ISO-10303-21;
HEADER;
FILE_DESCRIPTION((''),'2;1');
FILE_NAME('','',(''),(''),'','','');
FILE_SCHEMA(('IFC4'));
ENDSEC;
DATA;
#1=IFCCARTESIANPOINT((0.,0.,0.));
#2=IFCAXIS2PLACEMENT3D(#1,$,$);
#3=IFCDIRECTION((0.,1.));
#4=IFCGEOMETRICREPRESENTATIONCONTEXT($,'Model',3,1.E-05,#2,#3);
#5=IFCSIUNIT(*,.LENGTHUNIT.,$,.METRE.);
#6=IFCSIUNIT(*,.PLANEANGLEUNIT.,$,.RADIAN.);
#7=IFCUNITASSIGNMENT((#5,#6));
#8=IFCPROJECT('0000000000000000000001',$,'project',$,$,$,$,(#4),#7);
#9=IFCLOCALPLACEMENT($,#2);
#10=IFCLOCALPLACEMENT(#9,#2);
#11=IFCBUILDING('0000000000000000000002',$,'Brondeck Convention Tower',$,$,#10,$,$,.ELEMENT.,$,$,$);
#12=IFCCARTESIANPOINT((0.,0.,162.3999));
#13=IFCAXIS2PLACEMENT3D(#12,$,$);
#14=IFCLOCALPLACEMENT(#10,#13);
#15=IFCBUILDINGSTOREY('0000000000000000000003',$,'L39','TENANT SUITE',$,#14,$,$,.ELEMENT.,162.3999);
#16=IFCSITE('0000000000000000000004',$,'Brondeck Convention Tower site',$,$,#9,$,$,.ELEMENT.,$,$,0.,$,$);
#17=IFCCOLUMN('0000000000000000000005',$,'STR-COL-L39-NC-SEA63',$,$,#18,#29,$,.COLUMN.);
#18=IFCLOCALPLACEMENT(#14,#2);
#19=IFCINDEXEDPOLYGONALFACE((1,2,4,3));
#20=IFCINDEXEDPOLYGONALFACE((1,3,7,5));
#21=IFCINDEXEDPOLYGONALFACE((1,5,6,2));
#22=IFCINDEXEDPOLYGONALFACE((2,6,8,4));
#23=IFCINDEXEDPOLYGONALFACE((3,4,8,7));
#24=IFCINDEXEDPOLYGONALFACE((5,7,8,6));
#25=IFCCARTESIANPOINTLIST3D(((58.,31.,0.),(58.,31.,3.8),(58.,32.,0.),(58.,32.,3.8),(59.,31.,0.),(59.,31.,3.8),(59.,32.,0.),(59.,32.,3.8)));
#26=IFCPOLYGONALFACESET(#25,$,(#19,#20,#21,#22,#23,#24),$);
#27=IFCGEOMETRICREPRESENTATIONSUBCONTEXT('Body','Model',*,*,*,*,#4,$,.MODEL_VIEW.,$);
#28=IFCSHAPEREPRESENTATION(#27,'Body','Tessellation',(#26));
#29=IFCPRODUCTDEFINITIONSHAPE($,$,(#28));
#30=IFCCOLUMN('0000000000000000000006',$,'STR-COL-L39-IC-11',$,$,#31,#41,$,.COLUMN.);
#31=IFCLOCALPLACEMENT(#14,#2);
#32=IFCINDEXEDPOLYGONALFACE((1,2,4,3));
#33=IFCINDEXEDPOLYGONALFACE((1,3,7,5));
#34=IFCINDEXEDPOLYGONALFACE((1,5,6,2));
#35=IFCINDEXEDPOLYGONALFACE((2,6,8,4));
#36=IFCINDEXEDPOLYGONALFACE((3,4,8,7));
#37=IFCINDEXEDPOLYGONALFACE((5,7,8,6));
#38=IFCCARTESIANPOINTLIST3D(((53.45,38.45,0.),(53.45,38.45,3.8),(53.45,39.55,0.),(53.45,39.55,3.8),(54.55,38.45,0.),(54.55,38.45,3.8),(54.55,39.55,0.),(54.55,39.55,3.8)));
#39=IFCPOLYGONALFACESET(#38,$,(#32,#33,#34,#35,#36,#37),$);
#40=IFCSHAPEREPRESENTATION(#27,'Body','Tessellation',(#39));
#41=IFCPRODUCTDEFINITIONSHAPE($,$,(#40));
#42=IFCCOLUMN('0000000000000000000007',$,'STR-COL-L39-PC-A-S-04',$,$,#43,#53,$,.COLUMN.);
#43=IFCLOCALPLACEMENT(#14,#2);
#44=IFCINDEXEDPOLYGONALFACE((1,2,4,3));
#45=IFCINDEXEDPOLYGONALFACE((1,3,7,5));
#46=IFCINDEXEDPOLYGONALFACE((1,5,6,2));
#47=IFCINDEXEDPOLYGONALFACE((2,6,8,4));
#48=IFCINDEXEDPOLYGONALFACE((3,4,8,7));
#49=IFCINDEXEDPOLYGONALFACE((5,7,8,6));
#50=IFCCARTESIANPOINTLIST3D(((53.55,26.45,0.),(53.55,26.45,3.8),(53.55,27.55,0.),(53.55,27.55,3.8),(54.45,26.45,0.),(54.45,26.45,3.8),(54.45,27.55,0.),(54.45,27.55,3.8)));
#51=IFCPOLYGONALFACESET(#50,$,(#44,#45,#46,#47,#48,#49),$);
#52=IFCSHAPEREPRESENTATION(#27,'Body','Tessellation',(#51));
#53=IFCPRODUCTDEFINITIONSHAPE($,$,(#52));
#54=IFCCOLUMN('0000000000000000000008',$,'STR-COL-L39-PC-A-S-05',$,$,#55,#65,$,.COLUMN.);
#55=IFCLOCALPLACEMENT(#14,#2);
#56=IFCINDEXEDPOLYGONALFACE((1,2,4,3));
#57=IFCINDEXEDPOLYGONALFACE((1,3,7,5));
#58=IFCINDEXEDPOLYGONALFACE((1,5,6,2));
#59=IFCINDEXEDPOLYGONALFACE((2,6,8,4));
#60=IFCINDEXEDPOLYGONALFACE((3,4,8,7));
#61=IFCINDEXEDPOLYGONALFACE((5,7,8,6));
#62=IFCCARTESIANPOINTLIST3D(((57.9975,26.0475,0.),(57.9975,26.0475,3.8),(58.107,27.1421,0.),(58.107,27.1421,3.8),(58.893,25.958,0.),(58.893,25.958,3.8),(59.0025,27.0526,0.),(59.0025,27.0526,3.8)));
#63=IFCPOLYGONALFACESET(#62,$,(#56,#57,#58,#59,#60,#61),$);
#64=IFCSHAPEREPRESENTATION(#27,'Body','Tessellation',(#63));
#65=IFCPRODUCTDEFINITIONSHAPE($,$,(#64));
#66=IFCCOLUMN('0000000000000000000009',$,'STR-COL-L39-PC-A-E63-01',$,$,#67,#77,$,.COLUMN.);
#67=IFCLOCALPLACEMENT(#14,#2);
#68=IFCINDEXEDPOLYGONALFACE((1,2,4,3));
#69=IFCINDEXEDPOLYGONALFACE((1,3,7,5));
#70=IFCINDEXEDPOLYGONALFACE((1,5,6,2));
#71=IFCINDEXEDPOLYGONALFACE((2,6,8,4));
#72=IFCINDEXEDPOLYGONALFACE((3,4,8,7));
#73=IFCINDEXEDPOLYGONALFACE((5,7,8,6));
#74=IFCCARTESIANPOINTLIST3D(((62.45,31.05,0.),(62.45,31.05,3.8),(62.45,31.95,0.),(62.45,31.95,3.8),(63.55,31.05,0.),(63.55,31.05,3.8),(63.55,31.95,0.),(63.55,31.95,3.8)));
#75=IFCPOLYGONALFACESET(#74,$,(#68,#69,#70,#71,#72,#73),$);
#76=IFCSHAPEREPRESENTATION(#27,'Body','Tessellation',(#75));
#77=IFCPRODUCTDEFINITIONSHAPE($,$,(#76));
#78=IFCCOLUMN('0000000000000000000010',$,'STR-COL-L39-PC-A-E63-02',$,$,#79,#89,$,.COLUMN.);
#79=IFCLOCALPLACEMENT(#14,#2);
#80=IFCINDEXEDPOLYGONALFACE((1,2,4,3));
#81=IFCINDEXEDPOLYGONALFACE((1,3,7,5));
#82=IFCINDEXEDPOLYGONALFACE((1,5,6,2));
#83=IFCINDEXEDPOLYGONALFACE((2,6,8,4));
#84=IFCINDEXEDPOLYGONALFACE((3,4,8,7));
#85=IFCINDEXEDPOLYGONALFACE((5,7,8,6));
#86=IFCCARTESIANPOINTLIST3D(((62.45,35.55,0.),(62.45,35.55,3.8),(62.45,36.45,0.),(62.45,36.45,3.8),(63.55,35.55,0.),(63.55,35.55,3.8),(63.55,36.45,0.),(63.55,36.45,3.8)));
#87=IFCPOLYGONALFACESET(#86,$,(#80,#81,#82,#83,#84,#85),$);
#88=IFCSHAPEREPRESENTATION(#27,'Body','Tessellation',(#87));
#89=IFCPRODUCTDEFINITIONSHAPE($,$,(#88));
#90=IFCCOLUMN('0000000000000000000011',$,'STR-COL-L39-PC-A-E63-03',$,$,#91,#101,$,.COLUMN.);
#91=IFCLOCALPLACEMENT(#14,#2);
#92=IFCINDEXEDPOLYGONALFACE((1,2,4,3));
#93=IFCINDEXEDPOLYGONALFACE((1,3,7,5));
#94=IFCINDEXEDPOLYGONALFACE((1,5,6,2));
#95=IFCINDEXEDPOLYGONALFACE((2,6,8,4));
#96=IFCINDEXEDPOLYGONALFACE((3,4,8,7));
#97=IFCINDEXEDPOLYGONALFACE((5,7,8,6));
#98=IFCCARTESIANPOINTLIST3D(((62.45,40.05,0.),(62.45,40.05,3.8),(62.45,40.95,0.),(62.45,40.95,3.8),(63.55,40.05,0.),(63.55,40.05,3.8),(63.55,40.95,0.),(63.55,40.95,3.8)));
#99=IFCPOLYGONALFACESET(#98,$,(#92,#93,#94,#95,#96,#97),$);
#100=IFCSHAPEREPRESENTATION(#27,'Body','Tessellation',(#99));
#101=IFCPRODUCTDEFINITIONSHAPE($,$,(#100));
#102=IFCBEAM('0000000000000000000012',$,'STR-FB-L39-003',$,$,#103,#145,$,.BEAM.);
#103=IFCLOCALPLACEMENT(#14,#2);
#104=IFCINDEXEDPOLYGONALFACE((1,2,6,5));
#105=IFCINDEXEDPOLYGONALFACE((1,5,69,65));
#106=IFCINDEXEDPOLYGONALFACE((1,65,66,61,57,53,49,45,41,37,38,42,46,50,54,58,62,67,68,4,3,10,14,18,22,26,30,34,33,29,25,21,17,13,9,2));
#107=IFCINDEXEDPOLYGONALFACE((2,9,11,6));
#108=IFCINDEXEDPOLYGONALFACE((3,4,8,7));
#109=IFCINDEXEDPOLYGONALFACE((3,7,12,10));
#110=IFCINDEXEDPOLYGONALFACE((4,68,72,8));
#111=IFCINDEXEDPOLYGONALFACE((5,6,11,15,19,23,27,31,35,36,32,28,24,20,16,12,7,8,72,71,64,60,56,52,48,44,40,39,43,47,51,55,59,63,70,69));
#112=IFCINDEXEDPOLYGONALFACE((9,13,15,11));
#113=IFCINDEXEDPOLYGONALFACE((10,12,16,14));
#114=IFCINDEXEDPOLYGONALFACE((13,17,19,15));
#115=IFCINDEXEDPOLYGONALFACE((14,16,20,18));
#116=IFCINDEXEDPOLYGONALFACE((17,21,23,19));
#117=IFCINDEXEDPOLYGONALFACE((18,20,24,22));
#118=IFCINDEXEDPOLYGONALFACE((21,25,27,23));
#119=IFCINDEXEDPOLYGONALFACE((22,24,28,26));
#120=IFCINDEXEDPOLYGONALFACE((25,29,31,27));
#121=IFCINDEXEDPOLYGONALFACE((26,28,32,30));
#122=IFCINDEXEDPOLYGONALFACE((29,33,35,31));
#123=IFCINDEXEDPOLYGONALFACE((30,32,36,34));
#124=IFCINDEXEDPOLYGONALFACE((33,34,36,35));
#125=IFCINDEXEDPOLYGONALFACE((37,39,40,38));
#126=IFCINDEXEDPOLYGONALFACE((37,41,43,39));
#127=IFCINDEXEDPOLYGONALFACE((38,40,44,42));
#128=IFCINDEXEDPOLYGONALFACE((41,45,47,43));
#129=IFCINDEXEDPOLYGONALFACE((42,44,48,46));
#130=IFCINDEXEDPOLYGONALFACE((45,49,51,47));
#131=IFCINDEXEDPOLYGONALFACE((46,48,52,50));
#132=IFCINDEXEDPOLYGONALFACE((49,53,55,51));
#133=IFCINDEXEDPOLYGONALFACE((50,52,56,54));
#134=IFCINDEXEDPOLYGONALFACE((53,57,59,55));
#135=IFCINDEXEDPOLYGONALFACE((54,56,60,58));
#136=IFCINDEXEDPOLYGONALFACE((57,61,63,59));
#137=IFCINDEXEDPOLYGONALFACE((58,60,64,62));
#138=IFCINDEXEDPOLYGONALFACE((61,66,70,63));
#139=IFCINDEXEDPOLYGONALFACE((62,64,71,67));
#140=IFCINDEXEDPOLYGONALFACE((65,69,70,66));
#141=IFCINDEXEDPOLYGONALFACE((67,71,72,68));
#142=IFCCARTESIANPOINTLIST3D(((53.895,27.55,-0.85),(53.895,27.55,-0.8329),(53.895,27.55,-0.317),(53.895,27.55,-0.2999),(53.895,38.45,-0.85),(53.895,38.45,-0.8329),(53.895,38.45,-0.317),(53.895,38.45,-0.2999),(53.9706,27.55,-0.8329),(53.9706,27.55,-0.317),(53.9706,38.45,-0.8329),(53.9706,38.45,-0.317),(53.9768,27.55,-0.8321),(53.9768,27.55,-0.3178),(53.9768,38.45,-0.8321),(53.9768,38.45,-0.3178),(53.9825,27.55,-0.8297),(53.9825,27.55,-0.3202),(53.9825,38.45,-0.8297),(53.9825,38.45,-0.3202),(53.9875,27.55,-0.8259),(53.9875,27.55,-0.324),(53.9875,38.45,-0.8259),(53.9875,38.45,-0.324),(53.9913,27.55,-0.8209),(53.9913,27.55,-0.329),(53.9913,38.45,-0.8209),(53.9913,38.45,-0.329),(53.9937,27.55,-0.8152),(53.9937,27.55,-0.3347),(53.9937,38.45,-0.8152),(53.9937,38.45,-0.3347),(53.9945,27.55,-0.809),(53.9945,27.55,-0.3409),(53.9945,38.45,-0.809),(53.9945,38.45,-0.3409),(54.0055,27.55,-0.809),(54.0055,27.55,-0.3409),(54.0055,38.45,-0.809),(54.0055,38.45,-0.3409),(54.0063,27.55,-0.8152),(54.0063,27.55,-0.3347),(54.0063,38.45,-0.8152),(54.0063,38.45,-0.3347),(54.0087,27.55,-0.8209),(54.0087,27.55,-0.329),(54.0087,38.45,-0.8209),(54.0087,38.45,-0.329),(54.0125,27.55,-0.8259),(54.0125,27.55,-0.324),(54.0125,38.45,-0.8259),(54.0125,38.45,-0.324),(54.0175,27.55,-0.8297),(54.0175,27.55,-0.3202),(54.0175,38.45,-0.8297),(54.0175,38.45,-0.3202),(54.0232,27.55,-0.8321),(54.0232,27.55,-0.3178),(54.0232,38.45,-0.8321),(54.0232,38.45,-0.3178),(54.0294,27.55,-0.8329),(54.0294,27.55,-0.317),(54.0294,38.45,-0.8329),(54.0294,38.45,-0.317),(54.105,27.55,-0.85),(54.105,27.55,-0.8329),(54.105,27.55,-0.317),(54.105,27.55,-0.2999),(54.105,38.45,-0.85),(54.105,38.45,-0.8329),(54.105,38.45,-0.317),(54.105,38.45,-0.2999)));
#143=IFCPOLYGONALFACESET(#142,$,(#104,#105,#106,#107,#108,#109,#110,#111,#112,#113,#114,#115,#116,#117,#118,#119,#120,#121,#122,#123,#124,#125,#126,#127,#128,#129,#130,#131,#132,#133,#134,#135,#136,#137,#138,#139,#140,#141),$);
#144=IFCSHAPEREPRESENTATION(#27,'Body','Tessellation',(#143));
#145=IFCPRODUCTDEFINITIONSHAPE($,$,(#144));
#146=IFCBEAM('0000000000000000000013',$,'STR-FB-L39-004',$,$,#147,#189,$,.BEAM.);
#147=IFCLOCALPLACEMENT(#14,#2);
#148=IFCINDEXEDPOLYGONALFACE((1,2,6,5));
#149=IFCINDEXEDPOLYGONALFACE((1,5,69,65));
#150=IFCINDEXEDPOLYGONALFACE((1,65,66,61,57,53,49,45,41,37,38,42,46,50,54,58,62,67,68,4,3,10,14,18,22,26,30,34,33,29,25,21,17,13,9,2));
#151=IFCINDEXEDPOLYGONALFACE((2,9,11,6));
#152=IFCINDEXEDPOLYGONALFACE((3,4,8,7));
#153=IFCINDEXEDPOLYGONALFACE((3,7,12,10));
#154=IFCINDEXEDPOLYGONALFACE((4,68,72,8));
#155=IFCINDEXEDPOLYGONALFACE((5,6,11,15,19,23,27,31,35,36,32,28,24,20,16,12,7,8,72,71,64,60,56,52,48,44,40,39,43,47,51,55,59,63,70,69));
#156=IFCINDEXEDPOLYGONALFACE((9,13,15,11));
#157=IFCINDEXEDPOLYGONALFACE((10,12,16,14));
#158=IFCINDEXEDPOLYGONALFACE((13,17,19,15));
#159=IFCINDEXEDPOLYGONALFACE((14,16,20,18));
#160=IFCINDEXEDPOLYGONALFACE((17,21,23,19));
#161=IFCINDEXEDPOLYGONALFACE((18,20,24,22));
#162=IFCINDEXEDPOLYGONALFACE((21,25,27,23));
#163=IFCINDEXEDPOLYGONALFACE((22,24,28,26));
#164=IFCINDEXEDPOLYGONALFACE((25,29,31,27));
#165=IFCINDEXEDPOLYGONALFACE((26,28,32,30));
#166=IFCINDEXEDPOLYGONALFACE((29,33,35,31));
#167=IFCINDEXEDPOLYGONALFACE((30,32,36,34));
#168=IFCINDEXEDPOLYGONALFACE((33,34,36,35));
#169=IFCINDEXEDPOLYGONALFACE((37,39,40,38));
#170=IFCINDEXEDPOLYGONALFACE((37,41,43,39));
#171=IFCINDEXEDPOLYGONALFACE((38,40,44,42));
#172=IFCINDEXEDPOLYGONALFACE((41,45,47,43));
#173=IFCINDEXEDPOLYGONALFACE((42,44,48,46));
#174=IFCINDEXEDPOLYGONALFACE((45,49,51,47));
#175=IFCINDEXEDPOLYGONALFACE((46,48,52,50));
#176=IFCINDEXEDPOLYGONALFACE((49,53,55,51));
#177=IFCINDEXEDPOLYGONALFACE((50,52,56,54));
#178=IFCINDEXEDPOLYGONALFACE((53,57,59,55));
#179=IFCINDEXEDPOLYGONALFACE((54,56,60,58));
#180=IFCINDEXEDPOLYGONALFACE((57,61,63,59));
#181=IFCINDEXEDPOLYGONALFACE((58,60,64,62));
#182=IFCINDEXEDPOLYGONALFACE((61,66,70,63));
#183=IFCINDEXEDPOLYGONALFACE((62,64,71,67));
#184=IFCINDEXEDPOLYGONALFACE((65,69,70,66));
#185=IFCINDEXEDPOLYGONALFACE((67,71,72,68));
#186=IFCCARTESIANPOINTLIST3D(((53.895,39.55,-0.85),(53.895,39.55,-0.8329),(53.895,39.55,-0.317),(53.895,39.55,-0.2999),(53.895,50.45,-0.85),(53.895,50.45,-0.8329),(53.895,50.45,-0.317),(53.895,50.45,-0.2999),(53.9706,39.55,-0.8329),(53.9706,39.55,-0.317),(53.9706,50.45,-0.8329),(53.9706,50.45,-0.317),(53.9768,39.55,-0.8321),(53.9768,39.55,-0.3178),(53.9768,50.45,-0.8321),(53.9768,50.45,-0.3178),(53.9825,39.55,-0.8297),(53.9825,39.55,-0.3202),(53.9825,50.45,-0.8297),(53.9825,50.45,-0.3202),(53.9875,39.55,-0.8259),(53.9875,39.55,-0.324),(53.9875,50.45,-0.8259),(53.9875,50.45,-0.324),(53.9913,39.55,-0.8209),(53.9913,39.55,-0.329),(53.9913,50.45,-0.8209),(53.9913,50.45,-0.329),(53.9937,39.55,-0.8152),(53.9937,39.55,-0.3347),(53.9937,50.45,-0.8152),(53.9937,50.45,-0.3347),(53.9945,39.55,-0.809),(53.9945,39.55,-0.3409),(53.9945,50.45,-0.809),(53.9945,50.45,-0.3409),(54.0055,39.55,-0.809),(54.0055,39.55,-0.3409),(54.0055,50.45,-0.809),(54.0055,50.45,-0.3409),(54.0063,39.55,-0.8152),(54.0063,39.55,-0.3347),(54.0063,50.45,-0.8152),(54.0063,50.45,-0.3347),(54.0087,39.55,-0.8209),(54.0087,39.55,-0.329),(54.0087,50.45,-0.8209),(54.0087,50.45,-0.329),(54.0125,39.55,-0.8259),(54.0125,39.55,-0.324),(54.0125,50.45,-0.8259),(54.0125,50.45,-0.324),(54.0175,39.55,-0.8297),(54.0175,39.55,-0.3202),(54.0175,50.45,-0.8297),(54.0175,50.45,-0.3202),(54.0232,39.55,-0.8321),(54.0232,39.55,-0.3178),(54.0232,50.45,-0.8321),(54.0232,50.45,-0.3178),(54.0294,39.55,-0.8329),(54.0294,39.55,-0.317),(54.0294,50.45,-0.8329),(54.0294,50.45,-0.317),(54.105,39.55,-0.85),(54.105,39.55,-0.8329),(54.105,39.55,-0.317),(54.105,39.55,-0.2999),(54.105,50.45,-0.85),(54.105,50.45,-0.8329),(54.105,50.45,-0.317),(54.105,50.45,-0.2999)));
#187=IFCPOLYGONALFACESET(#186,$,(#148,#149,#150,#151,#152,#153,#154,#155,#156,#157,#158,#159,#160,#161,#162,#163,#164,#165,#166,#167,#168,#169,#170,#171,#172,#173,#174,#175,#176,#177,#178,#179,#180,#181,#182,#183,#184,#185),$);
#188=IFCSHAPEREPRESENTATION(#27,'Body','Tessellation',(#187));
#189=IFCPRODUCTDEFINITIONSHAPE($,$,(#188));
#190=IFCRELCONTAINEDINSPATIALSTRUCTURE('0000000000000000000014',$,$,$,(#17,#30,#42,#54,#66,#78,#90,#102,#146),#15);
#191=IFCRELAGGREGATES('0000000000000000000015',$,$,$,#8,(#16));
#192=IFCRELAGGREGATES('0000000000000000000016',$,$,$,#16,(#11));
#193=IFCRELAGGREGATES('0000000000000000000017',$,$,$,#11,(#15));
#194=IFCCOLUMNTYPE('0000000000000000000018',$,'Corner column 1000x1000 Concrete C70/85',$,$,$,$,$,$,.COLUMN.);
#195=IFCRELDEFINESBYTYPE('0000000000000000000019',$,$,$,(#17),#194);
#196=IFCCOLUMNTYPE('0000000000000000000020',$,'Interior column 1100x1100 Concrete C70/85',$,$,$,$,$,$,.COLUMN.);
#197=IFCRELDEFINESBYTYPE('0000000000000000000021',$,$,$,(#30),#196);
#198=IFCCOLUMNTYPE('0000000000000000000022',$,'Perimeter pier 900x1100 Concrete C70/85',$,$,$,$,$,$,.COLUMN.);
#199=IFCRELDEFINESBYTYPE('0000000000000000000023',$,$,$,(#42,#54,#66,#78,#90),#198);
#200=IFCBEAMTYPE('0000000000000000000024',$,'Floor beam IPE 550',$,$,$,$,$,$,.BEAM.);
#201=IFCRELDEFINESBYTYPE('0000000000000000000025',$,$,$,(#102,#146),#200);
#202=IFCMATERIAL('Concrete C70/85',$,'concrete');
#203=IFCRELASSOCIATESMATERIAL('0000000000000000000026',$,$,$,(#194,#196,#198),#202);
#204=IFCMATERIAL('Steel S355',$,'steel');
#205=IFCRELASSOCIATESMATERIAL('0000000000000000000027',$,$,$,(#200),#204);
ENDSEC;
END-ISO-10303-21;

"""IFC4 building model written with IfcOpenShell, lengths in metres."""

from ifc_helpers import new_model, si_unit, direction, frame, origin, origin_2d, place, context, subcontext, project, spatial, rectangle, i_section, extrude, material, material_profile, profile_set, type_object, element, save


model = new_model("IFC4")

# Units and contexts
model_context = context("Model", 3, precision=1e-05, world=origin(), true_north=direction((0.0, 1.0)))
body_context = subcontext(model_context, "Body", "Model", "MODEL_VIEW")
ifc_project = project(units=[si_unit("LENGTHUNIT", "METRE"), si_unit("PLANEANGLEUNIT", "RADIAN")], contexts=[model_context])

# Site, building, storey
site_placement = place(None, origin())
site = spatial("IfcSite", under=ifc_project, at=site_placement, Name="Brondeck Convention Tower site", CompositionType="ELEMENT", RefElevation=0.0)
building_placement = place(site_placement, origin())
building = spatial("IfcBuilding", under=site, at=building_placement, Name="Brondeck Convention Tower", CompositionType="ELEMENT")
storey_placement = place(building_placement, frame((0.0, 0.0, 162.3999)))
storey = spatial("IfcBuildingStorey", under=building, at=storey_placement, Name="L39", Description="TENANT SUITE", CompositionType="ELEMENT", Elevation=162.3999)

# Columns
ifc_material_1 = material(Name="Concrete C70/85", Category="concrete")
ifc_material_profile_1 = material_profile(ifc_material_1, rectangle(XDim=1.0, YDim=1.0, at=origin_2d()), Name="Corner column 1000x1000 Concrete C70/85")
ifc_profile_set_1 = profile_set([ifc_material_profile_1], Name="Concrete C70/85")
column_type_1 = type_object("IfcColumnType", Name="Corner column 1000x1000 Concrete C70/85", PredefinedType="COLUMN", material=ifc_profile_set_1)
column_1_placement = place(storey_placement, frame((58.5, 31.5, 0.0), z_axis=(0.0, 0.0, 1.0), x_axis=(1.0, 0.0, 0.0)))
element("IfcColumn", 1, at=column_1_placement, inside=storey, type_object=column_type_1, Name="STR-COL-L39-NC-SEA63", PredefinedType="COLUMN", context=body_context, shape_type="SweptSolid", body=[
    extrude(rectangle(XDim=1.0, YDim=1.0, at=origin_2d()), origin(), (0.0, 0.0, 1.0), 3.8),
])
ifc_material_profile_2 = material_profile(ifc_material_1, rectangle(XDim=1.1001, YDim=1.1001, at=origin_2d()), Name="Interior column 1100x1100 Concrete C70/85")
ifc_profile_set_2 = profile_set([ifc_material_profile_2], Name="Concrete C70/85")
column_type_2 = type_object("IfcColumnType", Name="Interior column 1100x1100 Concrete C70/85", PredefinedType="COLUMN", material=ifc_profile_set_2)
column_2_placement = place(storey_placement, frame((54.0, 39.0, 0.0), z_axis=(0.0, 0.0, 1.0), x_axis=(1.0, 0.0, 0.0)))
element("IfcColumn", 2, at=column_2_placement, inside=storey, type_object=column_type_2, Name="STR-COL-L39-IC-11", PredefinedType="COLUMN", context=body_context, shape_type="SweptSolid", body=[
    extrude(rectangle(XDim=1.1001, YDim=1.1001, at=origin_2d()), origin(), (0.0, 0.0, 1.0), 3.8),
])
ifc_material_profile_3 = material_profile(ifc_material_1, rectangle(XDim=0.8999, YDim=1.1001, at=origin_2d()), Name="Perimeter pier 900x1100 Concrete C70/85")
ifc_profile_set_3 = profile_set([ifc_material_profile_3], Name="Concrete C70/85")
column_type_3 = type_object("IfcColumnType", Name="Perimeter pier 900x1100 Concrete C70/85", PredefinedType="COLUMN", material=ifc_profile_set_3)
for number, where, z_axis, x_axis, name in (
    (3, (54.0, 27.0, 0.0), (0.0, 0.0, 1.0), (1.0, 0.0, 0.0), "STR-COL-L39-PC-A-S-04"),
    (4, (58.5, 26.55, 0.0), (0.0, 0.0, 1.0), (0.995037, -0.099504, 0.0), "STR-COL-L39-PC-A-S-05"),
    (5, (63.0, 31.5, 0.0), (0.0, 0.0, 1.0), (0.0, 1.0, 0.0), "STR-COL-L39-PC-A-E63-01"),
    (6, (63.0, 36.0, 0.0), (0.0, 0.0, 1.0), (0.0, 1.0, 0.0), "STR-COL-L39-PC-A-E63-02"),
    (7, (63.0, 40.5, 0.0), (0.0, 0.0, 1.0), (0.0, 1.0, 0.0), "STR-COL-L39-PC-A-E63-03"),
):
    element("IfcColumn", number, at=place(storey_placement, frame(where, z_axis=z_axis, x_axis=x_axis)), inside=storey, type_object=column_type_3, Name=name, PredefinedType="COLUMN", context=body_context, shape_type="SweptSolid", body=[
        extrude(rectangle(XDim=0.8999, YDim=1.1001, at=origin_2d()), origin(), (0.0, 0.0, 1.0), 3.8),
    ])

# Beams
ifc_material_2 = material(Name="Steel S355", Category="steel")
ifc_material_profile_4 = material_profile(ifc_material_2, i_section(OverallWidth=0.21, OverallDepth=0.55, WebThickness=0.011, FlangeThickness=0.0171, FilletRadius=0.0239, at=origin_2d()), Name="IPE 550")
ifc_profile_set_4 = profile_set([ifc_material_profile_4], Name="Steel S355")
beam_type_1 = type_object("IfcBeamType", Name="Floor beam IPE 550", PredefinedType="BEAM", material=ifc_profile_set_4)
for number, where, z_axis, x_axis, name in (
    (8, (54.0, 27.55, -0.575), (0.0, 1.0, 0.0), (-1.0, 0.0, 0.0), "STR-FB-L39-003"),
    (9, (54.0, 39.55, -0.575), (0.0, 1.0, 0.0), (-1.0, 0.0, 0.0), "STR-FB-L39-004"),
):
    element("IfcBeam", number, at=place(storey_placement, frame(where, z_axis=z_axis, x_axis=x_axis)), inside=storey, type_object=beam_type_1, Name=name, PredefinedType="BEAM", context=body_context, shape_type="SweptSolid", body=[
        extrude(i_section(OverallWidth=0.21, OverallDepth=0.55, WebThickness=0.011, FlangeThickness=0.0171, FilletRadius=0.0239, at=origin_2d()), origin(), (0.0, 0.0, 1.0), 10.8999),
    ])

save(model, "model.ifc")
